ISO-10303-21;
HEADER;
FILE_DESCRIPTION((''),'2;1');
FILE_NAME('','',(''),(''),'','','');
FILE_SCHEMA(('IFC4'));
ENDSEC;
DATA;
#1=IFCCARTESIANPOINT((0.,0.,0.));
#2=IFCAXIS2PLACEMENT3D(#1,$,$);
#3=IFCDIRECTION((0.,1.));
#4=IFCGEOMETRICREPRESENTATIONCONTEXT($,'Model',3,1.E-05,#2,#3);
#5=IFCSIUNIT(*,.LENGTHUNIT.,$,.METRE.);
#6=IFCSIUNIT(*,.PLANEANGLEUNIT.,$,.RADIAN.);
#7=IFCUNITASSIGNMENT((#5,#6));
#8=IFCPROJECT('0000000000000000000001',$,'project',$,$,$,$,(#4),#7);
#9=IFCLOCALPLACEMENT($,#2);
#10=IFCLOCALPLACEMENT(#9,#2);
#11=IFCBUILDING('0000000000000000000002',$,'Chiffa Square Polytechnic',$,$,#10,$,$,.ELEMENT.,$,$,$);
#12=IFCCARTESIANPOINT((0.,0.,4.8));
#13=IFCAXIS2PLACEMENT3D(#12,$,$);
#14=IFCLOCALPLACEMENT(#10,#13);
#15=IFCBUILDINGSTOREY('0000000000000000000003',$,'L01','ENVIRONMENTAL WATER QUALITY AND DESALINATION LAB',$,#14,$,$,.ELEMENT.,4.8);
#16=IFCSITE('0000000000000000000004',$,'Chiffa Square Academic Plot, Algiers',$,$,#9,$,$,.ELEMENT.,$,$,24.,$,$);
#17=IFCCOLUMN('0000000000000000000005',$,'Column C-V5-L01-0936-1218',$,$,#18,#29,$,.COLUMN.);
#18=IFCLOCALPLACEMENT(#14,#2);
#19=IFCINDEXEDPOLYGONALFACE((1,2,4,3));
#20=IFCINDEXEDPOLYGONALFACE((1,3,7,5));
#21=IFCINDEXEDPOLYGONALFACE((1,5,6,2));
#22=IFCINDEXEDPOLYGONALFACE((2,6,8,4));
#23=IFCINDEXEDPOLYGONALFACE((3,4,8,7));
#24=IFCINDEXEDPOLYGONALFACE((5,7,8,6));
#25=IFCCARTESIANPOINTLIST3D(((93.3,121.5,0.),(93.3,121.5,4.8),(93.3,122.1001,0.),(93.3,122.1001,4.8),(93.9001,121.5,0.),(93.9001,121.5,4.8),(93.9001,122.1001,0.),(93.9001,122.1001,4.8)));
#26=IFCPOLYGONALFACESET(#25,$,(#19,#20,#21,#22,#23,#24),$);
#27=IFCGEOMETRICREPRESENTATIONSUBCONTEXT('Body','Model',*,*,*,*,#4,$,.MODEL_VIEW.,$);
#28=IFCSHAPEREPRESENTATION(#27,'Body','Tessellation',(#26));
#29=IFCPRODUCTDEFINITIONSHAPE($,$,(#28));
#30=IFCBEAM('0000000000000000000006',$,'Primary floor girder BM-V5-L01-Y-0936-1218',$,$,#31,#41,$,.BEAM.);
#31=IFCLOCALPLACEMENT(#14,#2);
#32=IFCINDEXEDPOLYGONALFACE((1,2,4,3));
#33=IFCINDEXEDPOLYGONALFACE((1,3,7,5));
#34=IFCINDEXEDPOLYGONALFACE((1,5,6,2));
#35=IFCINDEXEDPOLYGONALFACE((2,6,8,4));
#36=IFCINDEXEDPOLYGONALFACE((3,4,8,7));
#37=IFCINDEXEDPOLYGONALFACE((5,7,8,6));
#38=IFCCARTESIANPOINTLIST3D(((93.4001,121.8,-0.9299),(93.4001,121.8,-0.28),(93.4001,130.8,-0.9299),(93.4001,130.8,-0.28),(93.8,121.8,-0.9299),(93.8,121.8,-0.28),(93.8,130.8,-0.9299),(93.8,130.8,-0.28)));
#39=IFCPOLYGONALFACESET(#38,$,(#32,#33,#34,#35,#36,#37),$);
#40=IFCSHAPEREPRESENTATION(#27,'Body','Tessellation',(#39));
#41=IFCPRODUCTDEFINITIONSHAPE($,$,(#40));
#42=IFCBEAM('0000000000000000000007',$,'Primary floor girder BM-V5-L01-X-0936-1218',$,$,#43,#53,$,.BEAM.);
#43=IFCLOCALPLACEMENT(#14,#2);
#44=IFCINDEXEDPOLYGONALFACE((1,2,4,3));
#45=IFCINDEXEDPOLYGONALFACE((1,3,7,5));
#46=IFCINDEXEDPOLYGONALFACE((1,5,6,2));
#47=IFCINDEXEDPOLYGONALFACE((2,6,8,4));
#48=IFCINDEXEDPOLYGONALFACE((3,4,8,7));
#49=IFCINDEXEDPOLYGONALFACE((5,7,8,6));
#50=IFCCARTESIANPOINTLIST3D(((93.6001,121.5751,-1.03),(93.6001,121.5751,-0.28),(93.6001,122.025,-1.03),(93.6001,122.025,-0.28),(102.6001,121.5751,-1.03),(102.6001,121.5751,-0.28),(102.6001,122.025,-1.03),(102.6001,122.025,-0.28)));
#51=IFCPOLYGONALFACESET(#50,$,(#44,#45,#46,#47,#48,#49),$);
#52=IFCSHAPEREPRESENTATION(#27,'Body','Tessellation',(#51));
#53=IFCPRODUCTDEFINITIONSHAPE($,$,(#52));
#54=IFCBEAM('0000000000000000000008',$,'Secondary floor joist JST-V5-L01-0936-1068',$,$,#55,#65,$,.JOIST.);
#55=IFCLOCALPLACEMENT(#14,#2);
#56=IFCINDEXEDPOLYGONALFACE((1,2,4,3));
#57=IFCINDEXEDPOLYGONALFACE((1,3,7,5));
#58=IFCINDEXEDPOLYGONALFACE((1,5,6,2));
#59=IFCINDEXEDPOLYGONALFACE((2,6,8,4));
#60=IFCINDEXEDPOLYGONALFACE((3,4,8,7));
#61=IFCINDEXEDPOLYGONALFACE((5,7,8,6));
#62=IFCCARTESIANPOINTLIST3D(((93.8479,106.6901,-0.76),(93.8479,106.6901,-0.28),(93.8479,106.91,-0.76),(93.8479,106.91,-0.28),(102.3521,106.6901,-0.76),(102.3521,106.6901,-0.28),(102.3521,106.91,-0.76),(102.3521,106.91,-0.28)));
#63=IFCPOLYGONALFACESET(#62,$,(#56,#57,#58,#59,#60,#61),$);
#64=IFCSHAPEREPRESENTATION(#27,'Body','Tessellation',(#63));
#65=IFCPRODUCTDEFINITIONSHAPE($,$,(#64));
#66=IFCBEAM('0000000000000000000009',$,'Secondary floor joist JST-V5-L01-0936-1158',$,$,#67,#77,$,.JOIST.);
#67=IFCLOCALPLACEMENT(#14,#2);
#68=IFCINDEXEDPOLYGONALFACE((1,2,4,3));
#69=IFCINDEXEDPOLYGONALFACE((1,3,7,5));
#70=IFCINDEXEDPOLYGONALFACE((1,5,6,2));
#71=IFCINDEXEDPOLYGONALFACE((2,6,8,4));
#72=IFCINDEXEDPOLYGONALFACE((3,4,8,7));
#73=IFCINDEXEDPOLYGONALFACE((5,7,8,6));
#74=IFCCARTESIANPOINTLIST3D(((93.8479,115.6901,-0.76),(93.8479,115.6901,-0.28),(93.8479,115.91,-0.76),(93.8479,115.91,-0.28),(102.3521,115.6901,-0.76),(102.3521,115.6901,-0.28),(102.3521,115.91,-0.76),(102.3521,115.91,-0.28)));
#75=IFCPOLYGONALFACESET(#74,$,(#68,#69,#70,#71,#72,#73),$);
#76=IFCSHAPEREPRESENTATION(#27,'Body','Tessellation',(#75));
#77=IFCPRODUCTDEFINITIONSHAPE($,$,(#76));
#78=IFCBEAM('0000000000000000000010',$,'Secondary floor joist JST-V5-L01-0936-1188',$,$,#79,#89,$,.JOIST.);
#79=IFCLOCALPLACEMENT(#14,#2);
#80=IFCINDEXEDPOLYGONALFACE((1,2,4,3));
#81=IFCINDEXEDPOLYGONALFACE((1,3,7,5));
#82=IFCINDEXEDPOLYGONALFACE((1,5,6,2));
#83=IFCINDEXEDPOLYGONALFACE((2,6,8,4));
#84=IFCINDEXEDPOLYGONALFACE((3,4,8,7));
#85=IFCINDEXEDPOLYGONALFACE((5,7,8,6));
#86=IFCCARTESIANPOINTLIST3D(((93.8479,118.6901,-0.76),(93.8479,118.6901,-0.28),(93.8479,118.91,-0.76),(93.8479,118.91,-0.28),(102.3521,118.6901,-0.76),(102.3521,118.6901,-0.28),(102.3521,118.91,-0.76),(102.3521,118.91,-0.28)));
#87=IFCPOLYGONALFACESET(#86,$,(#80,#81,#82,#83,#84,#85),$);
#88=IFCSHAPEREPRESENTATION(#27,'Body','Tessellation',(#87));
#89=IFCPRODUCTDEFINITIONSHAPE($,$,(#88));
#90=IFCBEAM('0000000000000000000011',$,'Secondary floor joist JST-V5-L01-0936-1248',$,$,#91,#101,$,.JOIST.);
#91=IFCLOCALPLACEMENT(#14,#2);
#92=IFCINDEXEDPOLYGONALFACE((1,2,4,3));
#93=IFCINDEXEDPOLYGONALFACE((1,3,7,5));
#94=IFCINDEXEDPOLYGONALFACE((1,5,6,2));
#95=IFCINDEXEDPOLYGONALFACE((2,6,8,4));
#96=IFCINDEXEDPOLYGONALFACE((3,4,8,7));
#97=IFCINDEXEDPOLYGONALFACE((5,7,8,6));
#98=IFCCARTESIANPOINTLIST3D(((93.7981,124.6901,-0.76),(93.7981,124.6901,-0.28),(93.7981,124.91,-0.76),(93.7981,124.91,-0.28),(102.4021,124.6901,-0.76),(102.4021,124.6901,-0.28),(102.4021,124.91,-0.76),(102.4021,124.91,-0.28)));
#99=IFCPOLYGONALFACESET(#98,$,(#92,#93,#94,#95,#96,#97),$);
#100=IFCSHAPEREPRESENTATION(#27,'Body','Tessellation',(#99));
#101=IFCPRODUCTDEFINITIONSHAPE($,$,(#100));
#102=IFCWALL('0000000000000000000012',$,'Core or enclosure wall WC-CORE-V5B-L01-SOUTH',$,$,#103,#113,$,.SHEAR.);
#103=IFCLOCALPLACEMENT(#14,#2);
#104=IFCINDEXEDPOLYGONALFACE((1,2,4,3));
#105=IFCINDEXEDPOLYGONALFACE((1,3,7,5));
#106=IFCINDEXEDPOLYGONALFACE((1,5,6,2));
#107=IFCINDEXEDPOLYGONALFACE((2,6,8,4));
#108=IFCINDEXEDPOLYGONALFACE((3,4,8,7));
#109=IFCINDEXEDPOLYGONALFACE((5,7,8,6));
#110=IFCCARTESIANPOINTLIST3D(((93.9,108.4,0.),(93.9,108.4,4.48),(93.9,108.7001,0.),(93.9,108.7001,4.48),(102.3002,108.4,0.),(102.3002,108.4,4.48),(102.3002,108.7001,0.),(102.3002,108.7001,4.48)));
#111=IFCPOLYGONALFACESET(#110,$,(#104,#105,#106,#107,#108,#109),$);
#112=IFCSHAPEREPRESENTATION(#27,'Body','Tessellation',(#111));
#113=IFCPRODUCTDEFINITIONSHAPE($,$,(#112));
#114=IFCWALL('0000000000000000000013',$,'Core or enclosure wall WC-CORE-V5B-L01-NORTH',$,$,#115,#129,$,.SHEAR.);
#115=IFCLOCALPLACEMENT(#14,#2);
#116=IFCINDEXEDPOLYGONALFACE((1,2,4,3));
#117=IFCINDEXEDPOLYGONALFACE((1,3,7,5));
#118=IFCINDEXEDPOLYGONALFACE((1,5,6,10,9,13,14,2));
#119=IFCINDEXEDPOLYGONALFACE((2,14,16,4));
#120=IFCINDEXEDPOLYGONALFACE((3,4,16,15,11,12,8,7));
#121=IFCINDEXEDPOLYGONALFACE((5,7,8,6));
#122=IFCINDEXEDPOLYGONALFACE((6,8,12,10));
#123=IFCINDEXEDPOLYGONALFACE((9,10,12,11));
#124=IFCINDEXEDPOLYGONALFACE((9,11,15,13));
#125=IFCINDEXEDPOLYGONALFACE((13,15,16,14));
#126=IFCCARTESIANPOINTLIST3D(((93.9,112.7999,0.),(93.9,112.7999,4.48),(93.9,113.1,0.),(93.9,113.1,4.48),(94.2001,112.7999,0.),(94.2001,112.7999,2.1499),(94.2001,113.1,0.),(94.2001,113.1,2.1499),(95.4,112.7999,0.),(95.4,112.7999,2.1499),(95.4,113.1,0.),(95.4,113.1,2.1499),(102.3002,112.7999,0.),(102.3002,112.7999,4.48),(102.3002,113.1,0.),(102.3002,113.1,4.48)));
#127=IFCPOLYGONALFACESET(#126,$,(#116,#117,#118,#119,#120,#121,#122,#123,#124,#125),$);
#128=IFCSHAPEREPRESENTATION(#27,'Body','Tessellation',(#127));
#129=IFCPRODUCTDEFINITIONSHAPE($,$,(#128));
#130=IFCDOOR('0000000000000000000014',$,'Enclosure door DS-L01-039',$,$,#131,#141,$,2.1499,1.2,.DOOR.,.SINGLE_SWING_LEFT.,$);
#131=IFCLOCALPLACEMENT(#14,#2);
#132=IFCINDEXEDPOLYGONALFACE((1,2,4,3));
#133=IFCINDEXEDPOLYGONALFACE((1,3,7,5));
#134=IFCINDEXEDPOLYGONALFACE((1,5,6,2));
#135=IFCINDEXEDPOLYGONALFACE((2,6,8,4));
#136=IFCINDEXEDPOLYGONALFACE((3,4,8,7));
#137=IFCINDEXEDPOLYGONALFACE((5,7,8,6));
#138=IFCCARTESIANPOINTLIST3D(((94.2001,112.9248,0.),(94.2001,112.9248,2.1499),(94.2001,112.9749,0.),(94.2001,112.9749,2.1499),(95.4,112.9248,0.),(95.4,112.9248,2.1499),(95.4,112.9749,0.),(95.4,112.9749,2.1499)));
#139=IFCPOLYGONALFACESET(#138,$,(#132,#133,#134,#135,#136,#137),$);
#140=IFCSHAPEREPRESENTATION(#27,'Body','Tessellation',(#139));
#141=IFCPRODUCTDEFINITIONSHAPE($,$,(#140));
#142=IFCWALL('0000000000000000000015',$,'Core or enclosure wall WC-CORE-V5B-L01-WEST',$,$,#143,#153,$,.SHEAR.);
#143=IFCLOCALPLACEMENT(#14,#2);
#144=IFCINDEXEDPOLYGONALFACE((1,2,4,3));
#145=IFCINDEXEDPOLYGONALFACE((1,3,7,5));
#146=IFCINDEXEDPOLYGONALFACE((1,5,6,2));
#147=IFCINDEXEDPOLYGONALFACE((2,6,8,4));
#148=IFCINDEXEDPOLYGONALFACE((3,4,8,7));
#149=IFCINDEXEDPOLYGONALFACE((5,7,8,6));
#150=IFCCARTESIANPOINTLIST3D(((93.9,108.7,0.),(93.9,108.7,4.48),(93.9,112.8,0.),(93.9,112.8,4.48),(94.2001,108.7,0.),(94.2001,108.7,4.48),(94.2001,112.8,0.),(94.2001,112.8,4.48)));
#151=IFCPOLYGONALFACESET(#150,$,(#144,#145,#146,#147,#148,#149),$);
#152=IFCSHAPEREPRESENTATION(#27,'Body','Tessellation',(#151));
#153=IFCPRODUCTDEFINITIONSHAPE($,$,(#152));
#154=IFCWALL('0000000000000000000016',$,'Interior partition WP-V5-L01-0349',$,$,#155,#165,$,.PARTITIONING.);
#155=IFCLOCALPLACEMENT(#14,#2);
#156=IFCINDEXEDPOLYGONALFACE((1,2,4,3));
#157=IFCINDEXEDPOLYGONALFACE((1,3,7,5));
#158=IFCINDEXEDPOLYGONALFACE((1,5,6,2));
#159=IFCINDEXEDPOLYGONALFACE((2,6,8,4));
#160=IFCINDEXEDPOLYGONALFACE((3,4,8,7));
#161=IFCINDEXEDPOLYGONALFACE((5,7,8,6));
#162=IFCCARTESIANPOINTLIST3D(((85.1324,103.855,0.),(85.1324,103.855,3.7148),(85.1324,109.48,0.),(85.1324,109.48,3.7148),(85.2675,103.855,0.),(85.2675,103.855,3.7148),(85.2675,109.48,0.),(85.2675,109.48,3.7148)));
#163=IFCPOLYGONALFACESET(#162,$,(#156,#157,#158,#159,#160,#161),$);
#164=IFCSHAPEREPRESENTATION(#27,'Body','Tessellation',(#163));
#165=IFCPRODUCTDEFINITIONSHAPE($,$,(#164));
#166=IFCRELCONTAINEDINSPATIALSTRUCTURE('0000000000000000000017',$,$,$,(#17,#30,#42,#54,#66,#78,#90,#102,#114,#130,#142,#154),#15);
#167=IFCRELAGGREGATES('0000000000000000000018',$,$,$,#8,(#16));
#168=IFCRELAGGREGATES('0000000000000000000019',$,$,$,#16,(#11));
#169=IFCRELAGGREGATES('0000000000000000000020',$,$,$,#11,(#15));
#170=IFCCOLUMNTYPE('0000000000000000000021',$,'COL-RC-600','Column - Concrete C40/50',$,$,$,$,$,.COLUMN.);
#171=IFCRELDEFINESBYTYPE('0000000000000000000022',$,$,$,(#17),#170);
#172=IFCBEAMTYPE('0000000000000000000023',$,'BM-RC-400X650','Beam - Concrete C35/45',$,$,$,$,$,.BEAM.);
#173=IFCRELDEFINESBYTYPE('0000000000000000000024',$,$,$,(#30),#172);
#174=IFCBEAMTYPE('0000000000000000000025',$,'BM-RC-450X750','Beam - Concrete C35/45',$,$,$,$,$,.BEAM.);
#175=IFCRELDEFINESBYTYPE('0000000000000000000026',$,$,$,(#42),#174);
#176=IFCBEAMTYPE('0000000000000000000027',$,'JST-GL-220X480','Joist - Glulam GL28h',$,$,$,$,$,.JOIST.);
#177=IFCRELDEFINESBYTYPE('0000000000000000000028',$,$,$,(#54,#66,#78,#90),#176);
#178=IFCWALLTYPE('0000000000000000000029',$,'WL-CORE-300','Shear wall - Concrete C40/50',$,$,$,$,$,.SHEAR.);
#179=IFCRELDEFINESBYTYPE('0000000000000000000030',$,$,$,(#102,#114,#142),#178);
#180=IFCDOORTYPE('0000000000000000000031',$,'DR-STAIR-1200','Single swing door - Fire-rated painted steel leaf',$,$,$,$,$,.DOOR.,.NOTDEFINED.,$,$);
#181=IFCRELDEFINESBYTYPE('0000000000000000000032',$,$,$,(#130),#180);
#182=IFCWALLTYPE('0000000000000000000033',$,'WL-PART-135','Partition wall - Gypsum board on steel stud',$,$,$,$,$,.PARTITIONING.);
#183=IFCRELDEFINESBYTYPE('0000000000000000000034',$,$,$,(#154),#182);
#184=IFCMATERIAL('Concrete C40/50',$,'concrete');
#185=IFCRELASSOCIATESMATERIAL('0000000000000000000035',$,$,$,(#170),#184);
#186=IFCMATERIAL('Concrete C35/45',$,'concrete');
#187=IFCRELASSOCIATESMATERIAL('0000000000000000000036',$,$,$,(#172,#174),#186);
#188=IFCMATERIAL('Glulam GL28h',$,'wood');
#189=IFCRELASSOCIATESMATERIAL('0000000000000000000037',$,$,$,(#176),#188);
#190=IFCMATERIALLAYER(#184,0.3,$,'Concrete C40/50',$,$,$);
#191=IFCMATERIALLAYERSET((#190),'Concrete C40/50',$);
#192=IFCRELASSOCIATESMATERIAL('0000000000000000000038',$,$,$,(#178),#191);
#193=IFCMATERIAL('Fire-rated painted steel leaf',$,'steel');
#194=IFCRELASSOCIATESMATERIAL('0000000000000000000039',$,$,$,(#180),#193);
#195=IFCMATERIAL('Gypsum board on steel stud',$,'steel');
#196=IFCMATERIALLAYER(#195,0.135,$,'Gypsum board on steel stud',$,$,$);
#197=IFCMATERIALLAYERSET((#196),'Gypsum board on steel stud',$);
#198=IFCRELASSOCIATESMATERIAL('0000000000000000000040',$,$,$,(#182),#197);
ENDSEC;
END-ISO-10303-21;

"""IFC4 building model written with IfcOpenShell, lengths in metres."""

from ifc_helpers import new_model, si_unit, direction, frame, frame_2d, origin, origin_2d, place, context, subcontext, project, spatial, rectangle, extrude, material, layer, layer_set, material_profile, profile_set, type_object, element, fill, save


model = new_model("IFC4")

# Units and contexts
model_context = context("Model", 3, precision=1e-05, world=origin(), true_north=direction((0.0, 1.0)))
body_context = subcontext(model_context, "Body", "Model", "MODEL_VIEW")
ifc_project = project(units=[si_unit("LENGTHUNIT", "METRE"), si_unit("PLANEANGLEUNIT", "RADIAN")], contexts=[model_context])

# Site, building, storey
site_placement = place(None, origin())
site = spatial("IfcSite", under=ifc_project, at=site_placement, Name="Chiffa Square Academic Plot, Algiers", CompositionType="ELEMENT", RefElevation=24.0)
building_placement = place(site_placement, origin())
building = spatial("IfcBuilding", under=site, at=building_placement, Name="Chiffa Square Polytechnic", CompositionType="ELEMENT")
storey_placement = place(building_placement, frame((0.0, 0.0, 4.8)))
storey = spatial("IfcBuildingStorey", under=building, at=storey_placement, Name="L01", Description="ENVIRONMENTAL WATER QUALITY AND DESALINATION LAB", CompositionType="ELEMENT", Elevation=4.8)

# Column
ifc_material_1 = material(Name="Concrete C40/50", Category="concrete")
ifc_material_profile_1 = material_profile(ifc_material_1, rectangle(XDim=0.6001, YDim=0.6001, at=origin_2d()), Name="RC 600x600")
ifc_profile_set_1 = profile_set([ifc_material_profile_1], Name="Concrete C40/50")
column_type = type_object("IfcColumnType", Name="COL-RC-600", Description="Column - Concrete C40/50", PredefinedType="COLUMN", material=ifc_profile_set_1)
column_placement = place(storey_placement, frame((93.6001, 121.8, 0.0), z_axis=(0.0, 0.0, 1.0), x_axis=(1.0, 0.0, 0.0)))
element("IfcColumn", 1, at=column_placement, inside=storey, type_object=column_type, Name="Column C-V5-L01-0936-1218", PredefinedType="COLUMN", context=body_context, shape_type="SweptSolid", body=[
    extrude(rectangle(XDim=0.6001, YDim=0.6001, at=origin_2d()), origin(), (0.0, 0.0, 1.0), 4.8),
])

# Beams
ifc_material_2 = material(Name="Concrete C35/45", Category="concrete")
ifc_material_profile_2 = material_profile(ifc_material_2, rectangle(XDim=0.3999, YDim=0.6499, at=origin_2d()), Name="RC 400x650")
ifc_profile_set_2 = profile_set([ifc_material_profile_2], Name="Concrete C35/45")
beam_type_1 = type_object("IfcBeamType", Name="BM-RC-400X650", Description="Beam - Concrete C35/45", PredefinedType="BEAM", material=ifc_profile_set_2)
beam_1_placement = place(storey_placement, frame((93.6001, 121.8, -0.605), z_axis=(0.0, 1.0, 0.0), x_axis=(-1.0, 0.0, 0.0)))
element("IfcBeam", 2, at=beam_1_placement, inside=storey, type_object=beam_type_1, Name="Primary floor girder BM-V5-L01-Y-0936-1218", PredefinedType="BEAM", context=body_context, shape_type="SweptSolid", body=[
    extrude(rectangle(XDim=0.3999, YDim=0.6499, at=origin_2d()), origin(), (0.0, 0.0, 1.0), 9.0),
])
ifc_material_profile_3 = material_profile(ifc_material_2, rectangle(XDim=0.45, YDim=0.75, at=origin_2d()), Name="RC 450x750")
ifc_profile_set_3 = profile_set([ifc_material_profile_3], Name="Concrete C35/45")
beam_type_2 = type_object("IfcBeamType", Name="BM-RC-450X750", Description="Beam - Concrete C35/45", PredefinedType="BEAM", material=ifc_profile_set_3)
beam_2_placement = place(storey_placement, frame((93.6001, 121.8, -0.655), z_axis=(1.0, 0.0, 0.0), x_axis=(0.0, 1.0, 0.0)))
element("IfcBeam", 3, at=beam_2_placement, inside=storey, type_object=beam_type_2, Name="Primary floor girder BM-V5-L01-X-0936-1218", PredefinedType="BEAM", context=body_context, shape_type="SweptSolid", body=[
    extrude(rectangle(XDim=0.45, YDim=0.75, at=origin_2d()), origin(), (0.0, 0.0, 1.0), 9.0),
])
ifc_material_3 = material(Name="Glulam GL28h", Category="wood")
ifc_material_profile_4 = material_profile(ifc_material_3, rectangle(XDim=0.22, YDim=0.48, at=origin_2d()), Name="GL28h 220x480")
ifc_profile_set_4 = profile_set([ifc_material_profile_4], Name="Glulam GL28h")
beam_type_3 = type_object("IfcBeamType", Name="JST-GL-220X480", Description="Joist - Glulam GL28h", PredefinedType="JOIST", material=ifc_profile_set_4)
for number, where, z_axis, x_axis, name in (
    (4, (93.8479, 106.8, -0.52), (1.0, 0.0, 0.0), (0.0, 1.0, 0.0), "Secondary floor joist JST-V5-L01-0936-1068"),
    (5, (93.8479, 115.8, -0.52), (1.0, 0.0, 0.0), (0.0, 1.0, 0.0), "Secondary floor joist JST-V5-L01-0936-1158"),
    (6, (93.8479, 118.8, -0.52), (1.0, 0.0, 0.0), (0.0, 1.0, 0.0), "Secondary floor joist JST-V5-L01-0936-1188"),
):
    element("IfcBeam", number, at=place(storey_placement, frame(where, z_axis=z_axis, x_axis=x_axis)), inside=storey, type_object=beam_type_3, Name=name, PredefinedType="JOIST", context=body_context, shape_type="SweptSolid", body=[
        extrude(rectangle(XDim=0.22, YDim=0.48, at=origin_2d()), origin(), (0.0, 0.0, 1.0), 8.5042),
    ])
beam_3_placement = place(storey_placement, frame((93.7981, 124.8, -0.52), z_axis=(1.0, 0.0, 0.0), x_axis=(0.0, 1.0, 0.0)))
element("IfcBeam", 7, at=beam_3_placement, inside=storey, type_object=beam_type_3, Name="Secondary floor joist JST-V5-L01-0936-1248", PredefinedType="JOIST", context=body_context, shape_type="SweptSolid", body=[
    extrude(rectangle(XDim=0.22, YDim=0.48, at=origin_2d()), origin(), (0.0, 0.0, 1.0), 8.604),
])

# Wall
ifc_layer_1 = layer(ifc_material_1, 0.3, Name="Concrete C40/50")
ifc_layer_set_1 = layer_set([ifc_layer_1], Name="Concrete C40/50")
wall_type_1 = type_object("IfcWallType", Name="WL-CORE-300", Description="Shear wall - Concrete C40/50", PredefinedType="SHEAR", material=ifc_layer_set_1)
wall_1_placement = place(storey_placement, frame((93.8999, 108.55, 0.0), z_axis=(0.0, 0.0, 1.0), x_axis=(1.0, 0.0, 0.0)))
element("IfcWall", 8, at=wall_1_placement, inside=storey, type_object=wall_type_1, Name="Core or enclosure wall WC-CORE-V5B-L01-SOUTH", PredefinedType="SHEAR", context=body_context, shape_type="SweptSolid", body=[
    extrude(rectangle(XDim=8.4001, YDim=0.3, at=frame_2d((4.2002, 0.0))), origin(), (0.0, 0.0, 1.0), 4.48),
])

# Wall, opening, door
wall_2_placement = place(storey_placement, frame((93.8999, 112.95, 0.0), z_axis=(0.0, 0.0, 1.0), x_axis=(1.0, 0.0, 0.0)))
wall_2 = element("IfcWall", 9, at=wall_2_placement, inside=storey, type_object=wall_type_1, Name="Core or enclosure wall WC-CORE-V5B-L01-NORTH", PredefinedType="SHEAR", context=body_context, shape_type="SweptSolid", body=[
    extrude(rectangle(XDim=8.4001, YDim=0.3, at=frame_2d((4.2002, 0.0))), origin(), (0.0, 0.0, 1.0), 4.48),
])
opening_1_placement = place(wall_2_placement, frame((0.3, 0.0, 0.0)))
opening_1 = element("IfcOpeningElement", 10, at=opening_1_placement, cuts=wall_2, PredefinedType="OPENING", context=body_context, shape_type="SweptSolid", body=[
    extrude(rectangle(XDim=1.2, YDim=2.1499, at=frame_2d((0.6001, 1.075))), frame((0.0, 0.1602, 0.0), z_axis=(0.0, -1.0, 0.0), x_axis=(1.0, 0.0, 0.0)), (0.0, 0.0, 1.0), 0.3201),
])
ifc_material_4 = material(Name="Fire-rated painted steel leaf", Category="steel")
door_type_1 = type_object("IfcDoorType", Name="DR-STAIR-1200", Description="Single swing door - Fire-rated painted steel leaf", OperationType="NOTDEFINED", PredefinedType="DOOR", material=ifc_material_4)
door_1_placement = place(opening_1_placement, origin())
door_1 = element("IfcDoor", 11, at=door_1_placement, inside=storey, type_object=door_type_1, Name="Enclosure door DS-L01-039", OperationType="SINGLE_SWING_LEFT", OverallHeight=2.1499, OverallWidth=1.2, PredefinedType="DOOR", context=body_context, shape_type="SweptSolid", body=[
    extrude(rectangle(XDim=1.2, YDim=2.1499, at=frame_2d((0.6001, 1.075))), frame((0.0, 0.0249, 0.0), z_axis=(0.0, -1.0, 0.0), x_axis=(1.0, 0.0, 0.0)), (0.0, 0.0, 1.0), 0.05),
])
fill(opening_1, door_1)

# Walls
wall_3_placement = place(storey_placement, frame((94.05, 108.7, 0.0), z_axis=(0.0, 0.0, 1.0), x_axis=(0.0, 1.0, 0.0)))
element("IfcWall", 12, at=wall_3_placement, inside=storey, type_object=wall_type_1, Name="Core or enclosure wall WC-CORE-V5B-L01-WEST", PredefinedType="SHEAR", context=body_context, shape_type="SweptSolid", body=[
    extrude(rectangle(XDim=4.1001, YDim=0.3, at=frame_2d((2.05, 0.0))), origin(), (0.0, 0.0, 1.0), 4.48),
])
ifc_material_5 = material(Name="Gypsum board on steel stud", Category="steel")
ifc_layer_2 = layer(ifc_material_5, 0.135, Name="Gypsum board on steel stud")
ifc_layer_set_2 = layer_set([ifc_layer_2], Name="Gypsum board on steel stud")
wall_type_2 = type_object("IfcWallType", Name="WL-PART-135", Description="Partition wall - Gypsum board on steel stud", PredefinedType="PARTITIONING", material=ifc_layer_set_2)
wall_4_placement = place(storey_placement, frame((85.2, 103.855, 0.0), z_axis=(0.0, 0.0, 1.0), x_axis=(0.0, 1.0, 0.0)))
element("IfcWall", 13, at=wall_4_placement, inside=storey, type_object=wall_type_2, Name="Interior partition WP-V5-L01-0349", PredefinedType="PARTITIONING", context=body_context, shape_type="SweptSolid", body=[
    extrude(rectangle(XDim=5.625, YDim=0.135, at=frame_2d((2.8125, 0.0))), origin(), (0.0, 0.0, 1.0), 3.7148),
])

save(model, "model.ifc")
